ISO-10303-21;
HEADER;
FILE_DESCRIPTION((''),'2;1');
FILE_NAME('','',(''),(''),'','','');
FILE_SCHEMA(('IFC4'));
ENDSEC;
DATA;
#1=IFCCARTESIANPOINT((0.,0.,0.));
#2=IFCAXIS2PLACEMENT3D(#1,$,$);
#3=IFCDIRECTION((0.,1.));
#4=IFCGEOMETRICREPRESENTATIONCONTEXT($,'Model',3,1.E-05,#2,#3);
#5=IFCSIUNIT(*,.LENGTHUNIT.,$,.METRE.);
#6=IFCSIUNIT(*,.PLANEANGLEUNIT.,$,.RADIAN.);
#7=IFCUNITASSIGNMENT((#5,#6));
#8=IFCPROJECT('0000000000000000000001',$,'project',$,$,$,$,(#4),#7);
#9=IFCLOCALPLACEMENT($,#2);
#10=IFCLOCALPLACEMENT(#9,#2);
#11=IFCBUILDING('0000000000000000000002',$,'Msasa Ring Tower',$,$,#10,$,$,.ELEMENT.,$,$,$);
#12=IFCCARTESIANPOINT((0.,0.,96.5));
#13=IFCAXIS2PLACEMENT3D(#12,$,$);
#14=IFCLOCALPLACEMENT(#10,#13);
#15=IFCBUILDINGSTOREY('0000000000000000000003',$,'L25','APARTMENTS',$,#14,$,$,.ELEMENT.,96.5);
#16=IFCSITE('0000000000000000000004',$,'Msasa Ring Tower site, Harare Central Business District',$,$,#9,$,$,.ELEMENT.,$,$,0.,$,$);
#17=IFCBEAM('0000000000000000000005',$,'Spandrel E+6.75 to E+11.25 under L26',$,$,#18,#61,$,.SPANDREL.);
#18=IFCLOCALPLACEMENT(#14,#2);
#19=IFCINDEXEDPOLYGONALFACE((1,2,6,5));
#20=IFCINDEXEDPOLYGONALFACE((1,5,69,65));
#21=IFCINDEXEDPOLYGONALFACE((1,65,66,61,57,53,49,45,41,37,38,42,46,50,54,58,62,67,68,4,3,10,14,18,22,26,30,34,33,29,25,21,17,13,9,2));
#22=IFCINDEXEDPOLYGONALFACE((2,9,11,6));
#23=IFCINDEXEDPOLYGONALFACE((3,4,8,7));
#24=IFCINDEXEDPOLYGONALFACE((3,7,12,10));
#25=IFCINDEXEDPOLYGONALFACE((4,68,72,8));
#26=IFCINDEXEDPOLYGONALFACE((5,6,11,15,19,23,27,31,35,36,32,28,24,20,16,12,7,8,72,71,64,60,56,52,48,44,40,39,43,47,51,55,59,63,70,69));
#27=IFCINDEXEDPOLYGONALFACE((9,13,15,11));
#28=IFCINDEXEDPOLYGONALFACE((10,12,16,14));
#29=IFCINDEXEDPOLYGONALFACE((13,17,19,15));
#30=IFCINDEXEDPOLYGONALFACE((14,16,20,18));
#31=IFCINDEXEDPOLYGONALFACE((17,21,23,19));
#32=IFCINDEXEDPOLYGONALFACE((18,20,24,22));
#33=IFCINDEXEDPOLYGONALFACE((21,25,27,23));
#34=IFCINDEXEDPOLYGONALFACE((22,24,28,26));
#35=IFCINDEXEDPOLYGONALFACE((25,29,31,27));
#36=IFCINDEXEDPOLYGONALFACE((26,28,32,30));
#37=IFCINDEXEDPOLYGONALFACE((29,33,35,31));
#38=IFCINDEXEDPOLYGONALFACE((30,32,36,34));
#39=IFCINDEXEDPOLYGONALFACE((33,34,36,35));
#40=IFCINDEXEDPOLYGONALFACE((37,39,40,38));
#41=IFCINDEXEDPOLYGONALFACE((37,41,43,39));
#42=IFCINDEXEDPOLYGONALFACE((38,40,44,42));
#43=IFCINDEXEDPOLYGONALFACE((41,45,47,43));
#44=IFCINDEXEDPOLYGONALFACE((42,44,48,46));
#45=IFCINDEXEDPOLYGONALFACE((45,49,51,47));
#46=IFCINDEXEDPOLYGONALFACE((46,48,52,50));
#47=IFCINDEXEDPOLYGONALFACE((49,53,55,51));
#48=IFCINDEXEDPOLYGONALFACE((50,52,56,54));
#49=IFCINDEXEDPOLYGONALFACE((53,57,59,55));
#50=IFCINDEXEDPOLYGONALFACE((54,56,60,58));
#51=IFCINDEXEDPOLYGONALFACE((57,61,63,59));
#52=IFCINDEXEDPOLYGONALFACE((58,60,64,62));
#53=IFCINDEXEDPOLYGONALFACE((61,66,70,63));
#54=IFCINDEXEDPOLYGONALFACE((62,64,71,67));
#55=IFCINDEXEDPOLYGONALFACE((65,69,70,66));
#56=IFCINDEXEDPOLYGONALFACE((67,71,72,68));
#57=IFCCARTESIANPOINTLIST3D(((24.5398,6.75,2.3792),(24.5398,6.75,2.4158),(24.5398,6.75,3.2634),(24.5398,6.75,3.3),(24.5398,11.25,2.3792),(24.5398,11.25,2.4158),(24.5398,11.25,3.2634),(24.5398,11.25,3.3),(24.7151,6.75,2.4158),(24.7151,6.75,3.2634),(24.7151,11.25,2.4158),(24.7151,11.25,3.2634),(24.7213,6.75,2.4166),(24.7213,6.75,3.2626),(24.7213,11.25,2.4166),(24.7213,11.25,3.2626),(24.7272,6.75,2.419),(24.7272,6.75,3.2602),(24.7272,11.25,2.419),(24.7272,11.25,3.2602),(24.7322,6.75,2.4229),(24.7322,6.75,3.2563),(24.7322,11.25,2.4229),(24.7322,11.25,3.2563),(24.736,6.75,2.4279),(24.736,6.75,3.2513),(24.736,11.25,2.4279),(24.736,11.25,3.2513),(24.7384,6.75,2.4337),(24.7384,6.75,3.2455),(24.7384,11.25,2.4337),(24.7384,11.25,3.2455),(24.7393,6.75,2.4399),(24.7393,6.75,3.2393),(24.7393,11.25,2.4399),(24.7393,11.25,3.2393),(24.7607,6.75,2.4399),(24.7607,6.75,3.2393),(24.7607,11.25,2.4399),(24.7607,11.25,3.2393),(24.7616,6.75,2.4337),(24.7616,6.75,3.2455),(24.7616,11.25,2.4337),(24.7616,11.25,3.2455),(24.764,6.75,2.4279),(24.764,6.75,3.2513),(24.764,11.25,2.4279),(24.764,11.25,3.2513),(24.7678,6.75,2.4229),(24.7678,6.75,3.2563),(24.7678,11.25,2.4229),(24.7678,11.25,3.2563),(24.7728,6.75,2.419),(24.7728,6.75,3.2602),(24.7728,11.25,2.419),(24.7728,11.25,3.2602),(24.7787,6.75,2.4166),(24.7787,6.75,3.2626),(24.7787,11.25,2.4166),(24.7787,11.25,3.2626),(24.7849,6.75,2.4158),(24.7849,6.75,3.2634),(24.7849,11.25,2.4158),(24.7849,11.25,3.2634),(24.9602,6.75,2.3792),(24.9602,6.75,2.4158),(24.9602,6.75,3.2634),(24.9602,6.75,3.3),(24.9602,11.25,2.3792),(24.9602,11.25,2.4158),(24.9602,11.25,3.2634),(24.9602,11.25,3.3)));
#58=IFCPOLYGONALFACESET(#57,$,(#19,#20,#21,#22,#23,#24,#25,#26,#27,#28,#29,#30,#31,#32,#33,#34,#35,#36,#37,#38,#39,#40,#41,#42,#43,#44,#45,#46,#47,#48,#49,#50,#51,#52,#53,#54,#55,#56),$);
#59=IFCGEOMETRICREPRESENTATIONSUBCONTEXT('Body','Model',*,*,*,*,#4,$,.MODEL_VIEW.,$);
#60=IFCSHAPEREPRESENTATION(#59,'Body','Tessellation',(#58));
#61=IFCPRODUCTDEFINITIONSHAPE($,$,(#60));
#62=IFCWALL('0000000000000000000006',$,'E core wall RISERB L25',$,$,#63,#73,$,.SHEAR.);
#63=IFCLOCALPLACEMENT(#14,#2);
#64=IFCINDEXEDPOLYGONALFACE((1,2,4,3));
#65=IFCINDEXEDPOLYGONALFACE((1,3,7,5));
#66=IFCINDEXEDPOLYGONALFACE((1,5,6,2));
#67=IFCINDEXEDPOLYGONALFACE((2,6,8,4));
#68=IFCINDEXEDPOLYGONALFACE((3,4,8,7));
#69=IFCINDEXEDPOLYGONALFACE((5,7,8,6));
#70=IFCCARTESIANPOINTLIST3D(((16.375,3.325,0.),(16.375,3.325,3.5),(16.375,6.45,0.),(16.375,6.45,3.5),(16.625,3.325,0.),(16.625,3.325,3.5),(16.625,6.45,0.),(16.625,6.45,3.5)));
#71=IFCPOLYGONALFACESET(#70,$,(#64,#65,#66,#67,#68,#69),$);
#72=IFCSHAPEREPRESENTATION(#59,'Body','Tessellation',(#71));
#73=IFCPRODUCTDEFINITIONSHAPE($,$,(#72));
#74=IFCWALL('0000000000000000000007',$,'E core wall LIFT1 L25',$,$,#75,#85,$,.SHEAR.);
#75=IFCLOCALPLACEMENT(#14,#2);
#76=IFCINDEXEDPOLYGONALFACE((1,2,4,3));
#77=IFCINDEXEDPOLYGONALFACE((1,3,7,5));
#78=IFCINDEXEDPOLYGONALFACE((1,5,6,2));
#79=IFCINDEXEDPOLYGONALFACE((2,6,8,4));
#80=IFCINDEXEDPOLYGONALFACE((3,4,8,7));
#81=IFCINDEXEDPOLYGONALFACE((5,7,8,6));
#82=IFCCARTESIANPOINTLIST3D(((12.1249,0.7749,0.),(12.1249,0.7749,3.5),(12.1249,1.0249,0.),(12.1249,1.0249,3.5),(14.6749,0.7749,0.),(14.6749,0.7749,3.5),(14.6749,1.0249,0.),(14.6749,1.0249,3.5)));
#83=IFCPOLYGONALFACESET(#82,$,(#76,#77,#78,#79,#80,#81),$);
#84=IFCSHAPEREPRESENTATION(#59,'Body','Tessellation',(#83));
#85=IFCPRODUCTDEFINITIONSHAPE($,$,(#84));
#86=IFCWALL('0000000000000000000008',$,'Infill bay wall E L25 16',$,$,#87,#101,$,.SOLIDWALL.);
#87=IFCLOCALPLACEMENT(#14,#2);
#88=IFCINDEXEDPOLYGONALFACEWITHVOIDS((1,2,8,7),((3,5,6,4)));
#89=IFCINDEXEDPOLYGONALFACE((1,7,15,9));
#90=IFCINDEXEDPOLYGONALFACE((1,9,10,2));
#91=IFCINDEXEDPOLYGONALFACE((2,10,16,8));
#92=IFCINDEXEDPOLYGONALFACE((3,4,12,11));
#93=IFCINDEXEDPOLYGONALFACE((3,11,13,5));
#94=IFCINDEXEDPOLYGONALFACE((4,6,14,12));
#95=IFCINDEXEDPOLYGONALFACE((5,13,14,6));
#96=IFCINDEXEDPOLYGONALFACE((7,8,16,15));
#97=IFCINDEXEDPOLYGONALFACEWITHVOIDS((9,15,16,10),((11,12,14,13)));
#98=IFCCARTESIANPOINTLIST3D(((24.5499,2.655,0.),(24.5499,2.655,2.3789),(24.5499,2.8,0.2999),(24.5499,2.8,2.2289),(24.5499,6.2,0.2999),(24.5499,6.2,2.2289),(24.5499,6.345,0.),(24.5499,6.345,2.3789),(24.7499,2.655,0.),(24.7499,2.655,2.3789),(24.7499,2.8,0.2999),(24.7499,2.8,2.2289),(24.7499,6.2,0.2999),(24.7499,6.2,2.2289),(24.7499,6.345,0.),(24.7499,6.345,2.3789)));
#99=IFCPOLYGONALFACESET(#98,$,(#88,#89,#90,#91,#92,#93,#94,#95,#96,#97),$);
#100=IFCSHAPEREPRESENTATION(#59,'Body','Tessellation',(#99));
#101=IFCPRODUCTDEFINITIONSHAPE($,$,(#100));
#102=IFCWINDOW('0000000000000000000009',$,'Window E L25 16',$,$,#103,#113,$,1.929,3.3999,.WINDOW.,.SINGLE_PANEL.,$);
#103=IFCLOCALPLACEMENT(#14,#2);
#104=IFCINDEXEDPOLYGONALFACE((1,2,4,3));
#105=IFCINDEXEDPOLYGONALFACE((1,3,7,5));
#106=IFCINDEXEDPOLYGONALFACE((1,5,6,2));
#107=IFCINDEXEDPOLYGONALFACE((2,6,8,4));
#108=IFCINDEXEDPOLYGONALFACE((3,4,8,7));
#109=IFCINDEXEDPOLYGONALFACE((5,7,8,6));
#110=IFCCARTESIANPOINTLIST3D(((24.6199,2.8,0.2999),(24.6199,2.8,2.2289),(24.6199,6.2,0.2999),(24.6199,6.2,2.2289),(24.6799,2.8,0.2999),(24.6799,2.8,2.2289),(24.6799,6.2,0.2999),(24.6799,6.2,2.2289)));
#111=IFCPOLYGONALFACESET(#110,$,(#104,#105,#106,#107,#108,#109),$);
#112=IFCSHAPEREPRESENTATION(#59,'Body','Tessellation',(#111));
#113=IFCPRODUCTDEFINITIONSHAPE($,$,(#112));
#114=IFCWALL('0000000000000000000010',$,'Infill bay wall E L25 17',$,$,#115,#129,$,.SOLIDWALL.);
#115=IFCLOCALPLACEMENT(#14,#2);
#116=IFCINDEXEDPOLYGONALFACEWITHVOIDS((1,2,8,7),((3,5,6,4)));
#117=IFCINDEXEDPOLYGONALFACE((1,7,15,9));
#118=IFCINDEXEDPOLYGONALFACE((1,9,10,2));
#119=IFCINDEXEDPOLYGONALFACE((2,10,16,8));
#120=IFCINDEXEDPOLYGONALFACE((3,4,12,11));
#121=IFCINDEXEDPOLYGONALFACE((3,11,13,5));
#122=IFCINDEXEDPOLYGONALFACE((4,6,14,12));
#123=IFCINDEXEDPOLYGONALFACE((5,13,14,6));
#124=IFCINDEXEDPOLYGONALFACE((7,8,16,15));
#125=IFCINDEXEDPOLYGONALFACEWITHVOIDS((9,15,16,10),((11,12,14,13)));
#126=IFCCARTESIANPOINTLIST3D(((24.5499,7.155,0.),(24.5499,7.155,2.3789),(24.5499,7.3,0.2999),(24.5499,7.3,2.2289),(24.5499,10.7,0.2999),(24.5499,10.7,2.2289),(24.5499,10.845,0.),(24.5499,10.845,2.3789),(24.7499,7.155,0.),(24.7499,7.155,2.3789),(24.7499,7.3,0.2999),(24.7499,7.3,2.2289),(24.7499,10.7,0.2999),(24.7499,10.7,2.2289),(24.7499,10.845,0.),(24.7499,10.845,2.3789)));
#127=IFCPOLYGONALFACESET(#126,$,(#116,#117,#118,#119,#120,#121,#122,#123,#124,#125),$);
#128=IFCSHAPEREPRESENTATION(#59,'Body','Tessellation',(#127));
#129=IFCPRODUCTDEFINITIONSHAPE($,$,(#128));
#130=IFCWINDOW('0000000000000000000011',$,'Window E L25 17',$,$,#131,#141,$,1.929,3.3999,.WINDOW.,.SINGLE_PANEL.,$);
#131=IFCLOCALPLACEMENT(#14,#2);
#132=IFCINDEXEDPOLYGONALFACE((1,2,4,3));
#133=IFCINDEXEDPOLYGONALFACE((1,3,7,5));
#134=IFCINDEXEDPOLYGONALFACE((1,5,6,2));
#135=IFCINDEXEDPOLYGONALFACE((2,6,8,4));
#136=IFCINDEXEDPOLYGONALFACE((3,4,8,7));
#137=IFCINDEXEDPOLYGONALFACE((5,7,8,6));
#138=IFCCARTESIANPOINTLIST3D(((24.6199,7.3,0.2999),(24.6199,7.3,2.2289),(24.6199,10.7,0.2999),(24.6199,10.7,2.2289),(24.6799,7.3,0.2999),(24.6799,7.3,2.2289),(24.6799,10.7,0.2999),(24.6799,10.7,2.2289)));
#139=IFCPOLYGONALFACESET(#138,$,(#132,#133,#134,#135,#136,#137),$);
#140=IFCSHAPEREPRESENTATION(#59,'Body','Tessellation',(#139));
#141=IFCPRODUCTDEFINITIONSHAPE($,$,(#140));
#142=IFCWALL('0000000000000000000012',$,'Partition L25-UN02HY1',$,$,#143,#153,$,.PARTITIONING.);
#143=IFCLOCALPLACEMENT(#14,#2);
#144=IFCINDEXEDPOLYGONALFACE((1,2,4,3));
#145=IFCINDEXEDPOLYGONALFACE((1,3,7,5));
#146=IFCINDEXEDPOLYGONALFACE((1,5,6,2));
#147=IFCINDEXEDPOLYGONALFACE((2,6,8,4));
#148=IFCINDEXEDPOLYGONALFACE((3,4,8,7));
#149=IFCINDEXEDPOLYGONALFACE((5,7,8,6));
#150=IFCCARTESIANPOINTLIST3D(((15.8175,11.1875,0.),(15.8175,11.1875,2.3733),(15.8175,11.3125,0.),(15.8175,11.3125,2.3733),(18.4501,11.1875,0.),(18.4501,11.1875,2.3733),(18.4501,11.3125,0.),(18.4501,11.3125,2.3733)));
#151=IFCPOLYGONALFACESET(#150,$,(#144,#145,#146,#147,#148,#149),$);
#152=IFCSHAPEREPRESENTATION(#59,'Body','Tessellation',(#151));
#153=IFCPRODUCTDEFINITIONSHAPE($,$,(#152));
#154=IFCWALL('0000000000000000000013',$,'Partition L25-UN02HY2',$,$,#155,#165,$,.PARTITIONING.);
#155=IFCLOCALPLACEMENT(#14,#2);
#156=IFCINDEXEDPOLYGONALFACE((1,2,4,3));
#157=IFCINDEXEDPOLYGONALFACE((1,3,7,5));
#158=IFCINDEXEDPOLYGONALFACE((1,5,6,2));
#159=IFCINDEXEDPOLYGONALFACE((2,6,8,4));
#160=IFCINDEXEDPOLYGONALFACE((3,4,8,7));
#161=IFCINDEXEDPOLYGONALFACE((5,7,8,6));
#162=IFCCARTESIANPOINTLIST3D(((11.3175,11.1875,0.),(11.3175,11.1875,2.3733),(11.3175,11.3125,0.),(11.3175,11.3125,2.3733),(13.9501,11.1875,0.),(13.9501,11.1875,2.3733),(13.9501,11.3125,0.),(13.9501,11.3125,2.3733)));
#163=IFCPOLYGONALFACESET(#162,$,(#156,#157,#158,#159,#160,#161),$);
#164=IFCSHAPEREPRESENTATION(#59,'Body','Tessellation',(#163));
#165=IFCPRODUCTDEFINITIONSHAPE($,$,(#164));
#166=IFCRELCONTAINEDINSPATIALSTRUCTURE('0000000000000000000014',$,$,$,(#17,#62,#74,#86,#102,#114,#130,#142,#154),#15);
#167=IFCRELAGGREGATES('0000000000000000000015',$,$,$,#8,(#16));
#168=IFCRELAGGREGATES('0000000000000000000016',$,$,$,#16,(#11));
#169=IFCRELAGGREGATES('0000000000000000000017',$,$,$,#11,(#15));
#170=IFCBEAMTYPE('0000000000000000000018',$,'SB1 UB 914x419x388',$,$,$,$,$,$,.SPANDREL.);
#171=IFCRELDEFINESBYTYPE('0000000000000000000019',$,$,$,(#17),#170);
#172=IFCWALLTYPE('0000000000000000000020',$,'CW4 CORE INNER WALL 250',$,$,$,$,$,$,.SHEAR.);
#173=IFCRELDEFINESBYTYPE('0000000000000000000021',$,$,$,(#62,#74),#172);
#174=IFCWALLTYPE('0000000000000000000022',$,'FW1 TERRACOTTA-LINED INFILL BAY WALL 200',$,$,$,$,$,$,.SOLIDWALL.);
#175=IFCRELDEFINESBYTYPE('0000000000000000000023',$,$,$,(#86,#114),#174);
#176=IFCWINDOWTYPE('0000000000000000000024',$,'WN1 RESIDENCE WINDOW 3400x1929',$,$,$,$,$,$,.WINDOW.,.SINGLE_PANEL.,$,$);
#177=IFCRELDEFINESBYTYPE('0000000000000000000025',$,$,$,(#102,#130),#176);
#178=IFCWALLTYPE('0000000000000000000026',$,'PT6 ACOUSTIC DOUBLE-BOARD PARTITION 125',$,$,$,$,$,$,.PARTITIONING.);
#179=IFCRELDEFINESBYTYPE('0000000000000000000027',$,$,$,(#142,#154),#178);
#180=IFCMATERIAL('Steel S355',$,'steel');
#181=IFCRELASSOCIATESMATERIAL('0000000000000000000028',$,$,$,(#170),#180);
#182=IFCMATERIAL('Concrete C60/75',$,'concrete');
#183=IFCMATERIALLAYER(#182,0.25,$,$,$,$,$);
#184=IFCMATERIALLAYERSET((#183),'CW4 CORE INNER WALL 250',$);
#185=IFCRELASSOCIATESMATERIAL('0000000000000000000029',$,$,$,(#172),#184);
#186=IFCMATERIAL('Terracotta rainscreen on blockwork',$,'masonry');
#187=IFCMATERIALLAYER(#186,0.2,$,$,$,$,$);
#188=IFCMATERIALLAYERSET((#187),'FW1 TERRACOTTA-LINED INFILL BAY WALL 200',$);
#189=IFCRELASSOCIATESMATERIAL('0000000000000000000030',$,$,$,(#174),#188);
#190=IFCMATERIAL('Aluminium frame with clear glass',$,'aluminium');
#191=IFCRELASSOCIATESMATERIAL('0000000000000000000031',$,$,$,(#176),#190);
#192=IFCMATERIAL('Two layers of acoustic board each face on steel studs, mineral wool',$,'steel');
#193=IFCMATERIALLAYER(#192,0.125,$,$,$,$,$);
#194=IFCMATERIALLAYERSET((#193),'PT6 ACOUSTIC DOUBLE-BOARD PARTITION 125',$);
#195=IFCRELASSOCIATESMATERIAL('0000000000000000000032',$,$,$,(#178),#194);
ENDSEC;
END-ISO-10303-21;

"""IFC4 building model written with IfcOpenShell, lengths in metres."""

from ifc_helpers import new_model, si_unit, direction, frame, frame_2d, origin, origin_2d, place, context, subcontext, project, spatial, rectangle, i_section, extrude, material, layer, layer_set, material_profile, profile_set, type_object, element, fill, save


model = new_model("IFC4")

# Units and contexts
model_context = context("Model", 3, precision=1e-05, world=origin(), true_north=direction((0.0, 1.0)))
body_context = subcontext(model_context, "Body", "Model", "MODEL_VIEW")
ifc_project = project(units=[si_unit("LENGTHUNIT", "METRE"), si_unit("PLANEANGLEUNIT", "RADIAN")], contexts=[model_context])

# Site, building, storey
site_placement = place(None, origin())
site = spatial("IfcSite", under=ifc_project, at=site_placement, Name="Msasa Ring Tower site, Harare Central Business District", CompositionType="ELEMENT", RefElevation=0.0)
building_placement = place(site_placement, origin())
building = spatial("IfcBuilding", under=site, at=building_placement, Name="Msasa Ring Tower", CompositionType="ELEMENT")
storey_placement = place(building_placement, frame((0.0, 0.0, 96.5)))
storey = spatial("IfcBuildingStorey", under=building, at=storey_placement, Name="L25", Description="APARTMENTS", CompositionType="ELEMENT", Elevation=96.5)

# Beam
ifc_material_1 = material(Name="Steel S355", Category="steel")
ifc_material_profile_1 = material_profile(ifc_material_1, i_section(OverallWidth=0.4204, OverallDepth=0.9209, WebThickness=0.0215, FlangeThickness=0.0366, FilletRadius=0.0242, at=origin_2d()), Name="UB 914x419x388")
ifc_profile_set_1 = profile_set([ifc_material_profile_1], Name="Steel S355")
beam_type_1 = type_object("IfcBeamType", Name="SB1 UB 914x419x388", PredefinedType="SPANDREL", material=ifc_profile_set_1)
for number, where, z_axis, x_axis, name in (
    (1, (24.75, 6.75, 2.8396), (0.0, 1.0, 0.0), (-1.0, 0.0, 0.0), "Spandrel E+6.75 to E+11.25 under L26"),
):
    element("IfcBeam", number, at=place(storey_placement, frame(where, z_axis=z_axis, x_axis=x_axis)), inside=storey, type_object=beam_type_1, Name=name, PredefinedType="SPANDREL", context=body_context, shape_type="SweptSolid", body=[
        extrude(i_section(OverallWidth=0.4204, OverallDepth=0.9209, WebThickness=0.0215, FlangeThickness=0.0366, FilletRadius=0.0242, at=origin_2d()), origin(), (0.0, 0.0, 1.0), 4.5),
    ])

# Walls
ifc_material_2 = material(Name="Concrete C60/75", Category="concrete")
ifc_layer_1 = layer(ifc_material_2, 0.25)
ifc_layer_set_1 = layer_set([ifc_layer_1], Name="CW4 CORE INNER WALL 250")
wall_type_1 = type_object("IfcWallType", Name="CW4 CORE INNER WALL 250", PredefinedType="SHEAR", material=ifc_layer_set_1)
wall_1_placement = place(storey_placement, frame((16.5, 3.325, 0.0), z_axis=(0.0, 0.0, 1.0), x_axis=(0.0, 1.0, 0.0)))
element("IfcWall", 2, at=wall_1_placement, inside=storey, type_object=wall_type_1, Name="E core wall RISERB L25", PredefinedType="SHEAR", context=body_context, shape_type="SweptSolid", body=[
    extrude(rectangle(XDim=3.125, YDim=0.25, at=frame_2d((1.5625, 0.0))), origin(), (0.0, 0.0, 1.0), 3.5),
])
wall_2_placement = place(storey_placement, frame((12.125, 0.8999, 0.0), z_axis=(0.0, 0.0, 1.0), x_axis=(1.0, 0.0, 0.0)))
element("IfcWall", 3, at=wall_2_placement, inside=storey, type_object=wall_type_1, Name="E core wall LIFT1 L25", PredefinedType="SHEAR", context=body_context, shape_type="SweptSolid", body=[
    extrude(rectangle(XDim=2.55, YDim=0.25, at=frame_2d((1.2749, 0.0))), origin(), (0.0, 0.0, 1.0), 3.5),
])

# Walls, openings, windows
ifc_material_3 = material(Name="Terracotta rainscreen on blockwork", Category="masonry")
ifc_layer_2 = layer(ifc_material_3, 0.2)
ifc_layer_set_2 = layer_set([ifc_layer_2], Name="FW1 TERRACOTTA-LINED INFILL BAY WALL 200")
wall_type_2 = type_object("IfcWallType", Name="FW1 TERRACOTTA-LINED INFILL BAY WALL 200", PredefinedType="SOLIDWALL", material=ifc_layer_set_2)
wall_3_placement = place(storey_placement, frame((24.6499, 2.655, 0.0), z_axis=(0.0, 0.0, 1.0), x_axis=(0.0, 1.0, 0.0)))
wall_3 = element("IfcWall", 4, at=wall_3_placement, inside=storey, type_object=wall_type_2, Name="Infill bay wall E L25 16", PredefinedType="SOLIDWALL", context=body_context, shape_type="SweptSolid", body=[
    extrude(rectangle(XDim=3.6899, YDim=0.2, at=frame_2d((1.845, 0.0))), origin(), (0.0, 0.0, 1.0), 2.3789),
])
opening_1_placement = place(wall_3_placement, frame((0.145, 0.0, 0.3)))
opening_1 = element("IfcOpeningElement", 5, at=opening_1_placement, cuts=wall_3, PredefinedType="OPENING", context=body_context, shape_type="SweptSolid", body=[
    extrude(rectangle(XDim=3.3999, YDim=1.929, at=frame_2d((1.7, 0.9644))), frame((0.0, 0.1099, 0.0), z_axis=(0.0, -1.0, 0.0), x_axis=(1.0, 0.0, 0.0)), (0.0, 0.0, 1.0), 0.22),
])
ifc_material_4 = material(Name="Aluminium frame with clear glass", Category="aluminium")
window_type = type_object("IfcWindowType", Name="WN1 RESIDENCE WINDOW 3400x1929", PartitioningType="SINGLE_PANEL", PredefinedType="WINDOW", material=ifc_material_4)
window_1_placement = place(opening_1_placement, origin())
window_1 = element("IfcWindow", 6, at=window_1_placement, inside=storey, type_object=window_type, Name="Window E L25 16", OverallHeight=1.929, OverallWidth=3.3999, PartitioningType="SINGLE_PANEL", PredefinedType="WINDOW", context=body_context, shape_type="SweptSolid", body=[
    extrude(rectangle(XDim=3.3999, YDim=1.929, at=frame_2d((1.7, 0.9644))), frame((0.0, 0.03, 0.0), z_axis=(0.0, -1.0, 0.0), x_axis=(1.0, 0.0, 0.0)), (0.0, 0.0, 1.0), 0.0601),
])
fill(opening_1, window_1)
wall_4_placement = place(storey_placement, frame((24.6499, 7.155, 0.0), z_axis=(0.0, 0.0, 1.0), x_axis=(0.0, 1.0, 0.0)))
wall_4 = element("IfcWall", 7, at=wall_4_placement, inside=storey, type_object=wall_type_2, Name="Infill bay wall E L25 17", PredefinedType="SOLIDWALL", context=body_context, shape_type="SweptSolid", body=[
    extrude(rectangle(XDim=3.6899, YDim=0.2, at=frame_2d((1.845, 0.0))), origin(), (0.0, 0.0, 1.0), 2.3789),
])
opening_2_placement = place(wall_4_placement, frame((0.145, 0.0, 0.3)))
opening_2 = element("IfcOpeningElement", 8, at=opening_2_placement, cuts=wall_4, PredefinedType="OPENING", context=body_context, shape_type="SweptSolid", body=[
    extrude(rectangle(XDim=3.3999, YDim=1.929, at=frame_2d((1.7, 0.9644))), frame((0.0, 0.1099, 0.0), z_axis=(0.0, -1.0, 0.0), x_axis=(1.0, 0.0, 0.0)), (0.0, 0.0, 1.0), 0.22),
])
window_2_placement = place(opening_2_placement, origin())
window_2 = element("IfcWindow", 9, at=window_2_placement, inside=storey, type_object=window_type, Name="Window E L25 17", OverallHeight=1.929, OverallWidth=3.3999, PartitioningType="SINGLE_PANEL", PredefinedType="WINDOW", context=body_context, shape_type="SweptSolid", body=[
    extrude(rectangle(XDim=3.3999, YDim=1.929, at=frame_2d((1.7, 0.9644))), frame((0.0, 0.03, 0.0), z_axis=(0.0, -1.0, 0.0), x_axis=(1.0, 0.0, 0.0)), (0.0, 0.0, 1.0), 0.0601),
])
fill(opening_2, window_2)

# Walls
ifc_material_5 = material(Name="Two layers of acoustic board each face on steel studs, mineral wool", Category="steel")
ifc_layer_3 = layer(ifc_material_5, 0.125)
ifc_layer_set_3 = layer_set([ifc_layer_3], Name="PT6 ACOUSTIC DOUBLE-BOARD PARTITION 125")
wall_type_3 = type_object("IfcWallType", Name="PT6 ACOUSTIC DOUBLE-BOARD PARTITION 125", PredefinedType="PARTITIONING", material=ifc_layer_set_3)
for number, where, z_axis, x_axis, name in (
    (10, (15.8174, 11.25, 0.0), (0.0, 0.0, 1.0), (1.0, 0.0, 0.0), "Partition L25-UN02HY1"),
    (11, (11.3174, 11.25, 0.0), (0.0, 0.0, 1.0), (1.0, 0.0, 0.0), "Partition L25-UN02HY2"),
):
    element("IfcWall", number, at=place(storey_placement, frame(where, z_axis=z_axis, x_axis=x_axis)), inside=storey, type_object=wall_type_3, Name=name, PredefinedType="PARTITIONING", context=body_context, shape_type="SweptSolid", body=[
        extrude(rectangle(XDim=2.6326, YDim=0.125, at=frame_2d((1.3164, 0.0))), origin(), (0.0, 0.0, 1.0), 2.3733),
    ])

save(model, "model.ifc")
